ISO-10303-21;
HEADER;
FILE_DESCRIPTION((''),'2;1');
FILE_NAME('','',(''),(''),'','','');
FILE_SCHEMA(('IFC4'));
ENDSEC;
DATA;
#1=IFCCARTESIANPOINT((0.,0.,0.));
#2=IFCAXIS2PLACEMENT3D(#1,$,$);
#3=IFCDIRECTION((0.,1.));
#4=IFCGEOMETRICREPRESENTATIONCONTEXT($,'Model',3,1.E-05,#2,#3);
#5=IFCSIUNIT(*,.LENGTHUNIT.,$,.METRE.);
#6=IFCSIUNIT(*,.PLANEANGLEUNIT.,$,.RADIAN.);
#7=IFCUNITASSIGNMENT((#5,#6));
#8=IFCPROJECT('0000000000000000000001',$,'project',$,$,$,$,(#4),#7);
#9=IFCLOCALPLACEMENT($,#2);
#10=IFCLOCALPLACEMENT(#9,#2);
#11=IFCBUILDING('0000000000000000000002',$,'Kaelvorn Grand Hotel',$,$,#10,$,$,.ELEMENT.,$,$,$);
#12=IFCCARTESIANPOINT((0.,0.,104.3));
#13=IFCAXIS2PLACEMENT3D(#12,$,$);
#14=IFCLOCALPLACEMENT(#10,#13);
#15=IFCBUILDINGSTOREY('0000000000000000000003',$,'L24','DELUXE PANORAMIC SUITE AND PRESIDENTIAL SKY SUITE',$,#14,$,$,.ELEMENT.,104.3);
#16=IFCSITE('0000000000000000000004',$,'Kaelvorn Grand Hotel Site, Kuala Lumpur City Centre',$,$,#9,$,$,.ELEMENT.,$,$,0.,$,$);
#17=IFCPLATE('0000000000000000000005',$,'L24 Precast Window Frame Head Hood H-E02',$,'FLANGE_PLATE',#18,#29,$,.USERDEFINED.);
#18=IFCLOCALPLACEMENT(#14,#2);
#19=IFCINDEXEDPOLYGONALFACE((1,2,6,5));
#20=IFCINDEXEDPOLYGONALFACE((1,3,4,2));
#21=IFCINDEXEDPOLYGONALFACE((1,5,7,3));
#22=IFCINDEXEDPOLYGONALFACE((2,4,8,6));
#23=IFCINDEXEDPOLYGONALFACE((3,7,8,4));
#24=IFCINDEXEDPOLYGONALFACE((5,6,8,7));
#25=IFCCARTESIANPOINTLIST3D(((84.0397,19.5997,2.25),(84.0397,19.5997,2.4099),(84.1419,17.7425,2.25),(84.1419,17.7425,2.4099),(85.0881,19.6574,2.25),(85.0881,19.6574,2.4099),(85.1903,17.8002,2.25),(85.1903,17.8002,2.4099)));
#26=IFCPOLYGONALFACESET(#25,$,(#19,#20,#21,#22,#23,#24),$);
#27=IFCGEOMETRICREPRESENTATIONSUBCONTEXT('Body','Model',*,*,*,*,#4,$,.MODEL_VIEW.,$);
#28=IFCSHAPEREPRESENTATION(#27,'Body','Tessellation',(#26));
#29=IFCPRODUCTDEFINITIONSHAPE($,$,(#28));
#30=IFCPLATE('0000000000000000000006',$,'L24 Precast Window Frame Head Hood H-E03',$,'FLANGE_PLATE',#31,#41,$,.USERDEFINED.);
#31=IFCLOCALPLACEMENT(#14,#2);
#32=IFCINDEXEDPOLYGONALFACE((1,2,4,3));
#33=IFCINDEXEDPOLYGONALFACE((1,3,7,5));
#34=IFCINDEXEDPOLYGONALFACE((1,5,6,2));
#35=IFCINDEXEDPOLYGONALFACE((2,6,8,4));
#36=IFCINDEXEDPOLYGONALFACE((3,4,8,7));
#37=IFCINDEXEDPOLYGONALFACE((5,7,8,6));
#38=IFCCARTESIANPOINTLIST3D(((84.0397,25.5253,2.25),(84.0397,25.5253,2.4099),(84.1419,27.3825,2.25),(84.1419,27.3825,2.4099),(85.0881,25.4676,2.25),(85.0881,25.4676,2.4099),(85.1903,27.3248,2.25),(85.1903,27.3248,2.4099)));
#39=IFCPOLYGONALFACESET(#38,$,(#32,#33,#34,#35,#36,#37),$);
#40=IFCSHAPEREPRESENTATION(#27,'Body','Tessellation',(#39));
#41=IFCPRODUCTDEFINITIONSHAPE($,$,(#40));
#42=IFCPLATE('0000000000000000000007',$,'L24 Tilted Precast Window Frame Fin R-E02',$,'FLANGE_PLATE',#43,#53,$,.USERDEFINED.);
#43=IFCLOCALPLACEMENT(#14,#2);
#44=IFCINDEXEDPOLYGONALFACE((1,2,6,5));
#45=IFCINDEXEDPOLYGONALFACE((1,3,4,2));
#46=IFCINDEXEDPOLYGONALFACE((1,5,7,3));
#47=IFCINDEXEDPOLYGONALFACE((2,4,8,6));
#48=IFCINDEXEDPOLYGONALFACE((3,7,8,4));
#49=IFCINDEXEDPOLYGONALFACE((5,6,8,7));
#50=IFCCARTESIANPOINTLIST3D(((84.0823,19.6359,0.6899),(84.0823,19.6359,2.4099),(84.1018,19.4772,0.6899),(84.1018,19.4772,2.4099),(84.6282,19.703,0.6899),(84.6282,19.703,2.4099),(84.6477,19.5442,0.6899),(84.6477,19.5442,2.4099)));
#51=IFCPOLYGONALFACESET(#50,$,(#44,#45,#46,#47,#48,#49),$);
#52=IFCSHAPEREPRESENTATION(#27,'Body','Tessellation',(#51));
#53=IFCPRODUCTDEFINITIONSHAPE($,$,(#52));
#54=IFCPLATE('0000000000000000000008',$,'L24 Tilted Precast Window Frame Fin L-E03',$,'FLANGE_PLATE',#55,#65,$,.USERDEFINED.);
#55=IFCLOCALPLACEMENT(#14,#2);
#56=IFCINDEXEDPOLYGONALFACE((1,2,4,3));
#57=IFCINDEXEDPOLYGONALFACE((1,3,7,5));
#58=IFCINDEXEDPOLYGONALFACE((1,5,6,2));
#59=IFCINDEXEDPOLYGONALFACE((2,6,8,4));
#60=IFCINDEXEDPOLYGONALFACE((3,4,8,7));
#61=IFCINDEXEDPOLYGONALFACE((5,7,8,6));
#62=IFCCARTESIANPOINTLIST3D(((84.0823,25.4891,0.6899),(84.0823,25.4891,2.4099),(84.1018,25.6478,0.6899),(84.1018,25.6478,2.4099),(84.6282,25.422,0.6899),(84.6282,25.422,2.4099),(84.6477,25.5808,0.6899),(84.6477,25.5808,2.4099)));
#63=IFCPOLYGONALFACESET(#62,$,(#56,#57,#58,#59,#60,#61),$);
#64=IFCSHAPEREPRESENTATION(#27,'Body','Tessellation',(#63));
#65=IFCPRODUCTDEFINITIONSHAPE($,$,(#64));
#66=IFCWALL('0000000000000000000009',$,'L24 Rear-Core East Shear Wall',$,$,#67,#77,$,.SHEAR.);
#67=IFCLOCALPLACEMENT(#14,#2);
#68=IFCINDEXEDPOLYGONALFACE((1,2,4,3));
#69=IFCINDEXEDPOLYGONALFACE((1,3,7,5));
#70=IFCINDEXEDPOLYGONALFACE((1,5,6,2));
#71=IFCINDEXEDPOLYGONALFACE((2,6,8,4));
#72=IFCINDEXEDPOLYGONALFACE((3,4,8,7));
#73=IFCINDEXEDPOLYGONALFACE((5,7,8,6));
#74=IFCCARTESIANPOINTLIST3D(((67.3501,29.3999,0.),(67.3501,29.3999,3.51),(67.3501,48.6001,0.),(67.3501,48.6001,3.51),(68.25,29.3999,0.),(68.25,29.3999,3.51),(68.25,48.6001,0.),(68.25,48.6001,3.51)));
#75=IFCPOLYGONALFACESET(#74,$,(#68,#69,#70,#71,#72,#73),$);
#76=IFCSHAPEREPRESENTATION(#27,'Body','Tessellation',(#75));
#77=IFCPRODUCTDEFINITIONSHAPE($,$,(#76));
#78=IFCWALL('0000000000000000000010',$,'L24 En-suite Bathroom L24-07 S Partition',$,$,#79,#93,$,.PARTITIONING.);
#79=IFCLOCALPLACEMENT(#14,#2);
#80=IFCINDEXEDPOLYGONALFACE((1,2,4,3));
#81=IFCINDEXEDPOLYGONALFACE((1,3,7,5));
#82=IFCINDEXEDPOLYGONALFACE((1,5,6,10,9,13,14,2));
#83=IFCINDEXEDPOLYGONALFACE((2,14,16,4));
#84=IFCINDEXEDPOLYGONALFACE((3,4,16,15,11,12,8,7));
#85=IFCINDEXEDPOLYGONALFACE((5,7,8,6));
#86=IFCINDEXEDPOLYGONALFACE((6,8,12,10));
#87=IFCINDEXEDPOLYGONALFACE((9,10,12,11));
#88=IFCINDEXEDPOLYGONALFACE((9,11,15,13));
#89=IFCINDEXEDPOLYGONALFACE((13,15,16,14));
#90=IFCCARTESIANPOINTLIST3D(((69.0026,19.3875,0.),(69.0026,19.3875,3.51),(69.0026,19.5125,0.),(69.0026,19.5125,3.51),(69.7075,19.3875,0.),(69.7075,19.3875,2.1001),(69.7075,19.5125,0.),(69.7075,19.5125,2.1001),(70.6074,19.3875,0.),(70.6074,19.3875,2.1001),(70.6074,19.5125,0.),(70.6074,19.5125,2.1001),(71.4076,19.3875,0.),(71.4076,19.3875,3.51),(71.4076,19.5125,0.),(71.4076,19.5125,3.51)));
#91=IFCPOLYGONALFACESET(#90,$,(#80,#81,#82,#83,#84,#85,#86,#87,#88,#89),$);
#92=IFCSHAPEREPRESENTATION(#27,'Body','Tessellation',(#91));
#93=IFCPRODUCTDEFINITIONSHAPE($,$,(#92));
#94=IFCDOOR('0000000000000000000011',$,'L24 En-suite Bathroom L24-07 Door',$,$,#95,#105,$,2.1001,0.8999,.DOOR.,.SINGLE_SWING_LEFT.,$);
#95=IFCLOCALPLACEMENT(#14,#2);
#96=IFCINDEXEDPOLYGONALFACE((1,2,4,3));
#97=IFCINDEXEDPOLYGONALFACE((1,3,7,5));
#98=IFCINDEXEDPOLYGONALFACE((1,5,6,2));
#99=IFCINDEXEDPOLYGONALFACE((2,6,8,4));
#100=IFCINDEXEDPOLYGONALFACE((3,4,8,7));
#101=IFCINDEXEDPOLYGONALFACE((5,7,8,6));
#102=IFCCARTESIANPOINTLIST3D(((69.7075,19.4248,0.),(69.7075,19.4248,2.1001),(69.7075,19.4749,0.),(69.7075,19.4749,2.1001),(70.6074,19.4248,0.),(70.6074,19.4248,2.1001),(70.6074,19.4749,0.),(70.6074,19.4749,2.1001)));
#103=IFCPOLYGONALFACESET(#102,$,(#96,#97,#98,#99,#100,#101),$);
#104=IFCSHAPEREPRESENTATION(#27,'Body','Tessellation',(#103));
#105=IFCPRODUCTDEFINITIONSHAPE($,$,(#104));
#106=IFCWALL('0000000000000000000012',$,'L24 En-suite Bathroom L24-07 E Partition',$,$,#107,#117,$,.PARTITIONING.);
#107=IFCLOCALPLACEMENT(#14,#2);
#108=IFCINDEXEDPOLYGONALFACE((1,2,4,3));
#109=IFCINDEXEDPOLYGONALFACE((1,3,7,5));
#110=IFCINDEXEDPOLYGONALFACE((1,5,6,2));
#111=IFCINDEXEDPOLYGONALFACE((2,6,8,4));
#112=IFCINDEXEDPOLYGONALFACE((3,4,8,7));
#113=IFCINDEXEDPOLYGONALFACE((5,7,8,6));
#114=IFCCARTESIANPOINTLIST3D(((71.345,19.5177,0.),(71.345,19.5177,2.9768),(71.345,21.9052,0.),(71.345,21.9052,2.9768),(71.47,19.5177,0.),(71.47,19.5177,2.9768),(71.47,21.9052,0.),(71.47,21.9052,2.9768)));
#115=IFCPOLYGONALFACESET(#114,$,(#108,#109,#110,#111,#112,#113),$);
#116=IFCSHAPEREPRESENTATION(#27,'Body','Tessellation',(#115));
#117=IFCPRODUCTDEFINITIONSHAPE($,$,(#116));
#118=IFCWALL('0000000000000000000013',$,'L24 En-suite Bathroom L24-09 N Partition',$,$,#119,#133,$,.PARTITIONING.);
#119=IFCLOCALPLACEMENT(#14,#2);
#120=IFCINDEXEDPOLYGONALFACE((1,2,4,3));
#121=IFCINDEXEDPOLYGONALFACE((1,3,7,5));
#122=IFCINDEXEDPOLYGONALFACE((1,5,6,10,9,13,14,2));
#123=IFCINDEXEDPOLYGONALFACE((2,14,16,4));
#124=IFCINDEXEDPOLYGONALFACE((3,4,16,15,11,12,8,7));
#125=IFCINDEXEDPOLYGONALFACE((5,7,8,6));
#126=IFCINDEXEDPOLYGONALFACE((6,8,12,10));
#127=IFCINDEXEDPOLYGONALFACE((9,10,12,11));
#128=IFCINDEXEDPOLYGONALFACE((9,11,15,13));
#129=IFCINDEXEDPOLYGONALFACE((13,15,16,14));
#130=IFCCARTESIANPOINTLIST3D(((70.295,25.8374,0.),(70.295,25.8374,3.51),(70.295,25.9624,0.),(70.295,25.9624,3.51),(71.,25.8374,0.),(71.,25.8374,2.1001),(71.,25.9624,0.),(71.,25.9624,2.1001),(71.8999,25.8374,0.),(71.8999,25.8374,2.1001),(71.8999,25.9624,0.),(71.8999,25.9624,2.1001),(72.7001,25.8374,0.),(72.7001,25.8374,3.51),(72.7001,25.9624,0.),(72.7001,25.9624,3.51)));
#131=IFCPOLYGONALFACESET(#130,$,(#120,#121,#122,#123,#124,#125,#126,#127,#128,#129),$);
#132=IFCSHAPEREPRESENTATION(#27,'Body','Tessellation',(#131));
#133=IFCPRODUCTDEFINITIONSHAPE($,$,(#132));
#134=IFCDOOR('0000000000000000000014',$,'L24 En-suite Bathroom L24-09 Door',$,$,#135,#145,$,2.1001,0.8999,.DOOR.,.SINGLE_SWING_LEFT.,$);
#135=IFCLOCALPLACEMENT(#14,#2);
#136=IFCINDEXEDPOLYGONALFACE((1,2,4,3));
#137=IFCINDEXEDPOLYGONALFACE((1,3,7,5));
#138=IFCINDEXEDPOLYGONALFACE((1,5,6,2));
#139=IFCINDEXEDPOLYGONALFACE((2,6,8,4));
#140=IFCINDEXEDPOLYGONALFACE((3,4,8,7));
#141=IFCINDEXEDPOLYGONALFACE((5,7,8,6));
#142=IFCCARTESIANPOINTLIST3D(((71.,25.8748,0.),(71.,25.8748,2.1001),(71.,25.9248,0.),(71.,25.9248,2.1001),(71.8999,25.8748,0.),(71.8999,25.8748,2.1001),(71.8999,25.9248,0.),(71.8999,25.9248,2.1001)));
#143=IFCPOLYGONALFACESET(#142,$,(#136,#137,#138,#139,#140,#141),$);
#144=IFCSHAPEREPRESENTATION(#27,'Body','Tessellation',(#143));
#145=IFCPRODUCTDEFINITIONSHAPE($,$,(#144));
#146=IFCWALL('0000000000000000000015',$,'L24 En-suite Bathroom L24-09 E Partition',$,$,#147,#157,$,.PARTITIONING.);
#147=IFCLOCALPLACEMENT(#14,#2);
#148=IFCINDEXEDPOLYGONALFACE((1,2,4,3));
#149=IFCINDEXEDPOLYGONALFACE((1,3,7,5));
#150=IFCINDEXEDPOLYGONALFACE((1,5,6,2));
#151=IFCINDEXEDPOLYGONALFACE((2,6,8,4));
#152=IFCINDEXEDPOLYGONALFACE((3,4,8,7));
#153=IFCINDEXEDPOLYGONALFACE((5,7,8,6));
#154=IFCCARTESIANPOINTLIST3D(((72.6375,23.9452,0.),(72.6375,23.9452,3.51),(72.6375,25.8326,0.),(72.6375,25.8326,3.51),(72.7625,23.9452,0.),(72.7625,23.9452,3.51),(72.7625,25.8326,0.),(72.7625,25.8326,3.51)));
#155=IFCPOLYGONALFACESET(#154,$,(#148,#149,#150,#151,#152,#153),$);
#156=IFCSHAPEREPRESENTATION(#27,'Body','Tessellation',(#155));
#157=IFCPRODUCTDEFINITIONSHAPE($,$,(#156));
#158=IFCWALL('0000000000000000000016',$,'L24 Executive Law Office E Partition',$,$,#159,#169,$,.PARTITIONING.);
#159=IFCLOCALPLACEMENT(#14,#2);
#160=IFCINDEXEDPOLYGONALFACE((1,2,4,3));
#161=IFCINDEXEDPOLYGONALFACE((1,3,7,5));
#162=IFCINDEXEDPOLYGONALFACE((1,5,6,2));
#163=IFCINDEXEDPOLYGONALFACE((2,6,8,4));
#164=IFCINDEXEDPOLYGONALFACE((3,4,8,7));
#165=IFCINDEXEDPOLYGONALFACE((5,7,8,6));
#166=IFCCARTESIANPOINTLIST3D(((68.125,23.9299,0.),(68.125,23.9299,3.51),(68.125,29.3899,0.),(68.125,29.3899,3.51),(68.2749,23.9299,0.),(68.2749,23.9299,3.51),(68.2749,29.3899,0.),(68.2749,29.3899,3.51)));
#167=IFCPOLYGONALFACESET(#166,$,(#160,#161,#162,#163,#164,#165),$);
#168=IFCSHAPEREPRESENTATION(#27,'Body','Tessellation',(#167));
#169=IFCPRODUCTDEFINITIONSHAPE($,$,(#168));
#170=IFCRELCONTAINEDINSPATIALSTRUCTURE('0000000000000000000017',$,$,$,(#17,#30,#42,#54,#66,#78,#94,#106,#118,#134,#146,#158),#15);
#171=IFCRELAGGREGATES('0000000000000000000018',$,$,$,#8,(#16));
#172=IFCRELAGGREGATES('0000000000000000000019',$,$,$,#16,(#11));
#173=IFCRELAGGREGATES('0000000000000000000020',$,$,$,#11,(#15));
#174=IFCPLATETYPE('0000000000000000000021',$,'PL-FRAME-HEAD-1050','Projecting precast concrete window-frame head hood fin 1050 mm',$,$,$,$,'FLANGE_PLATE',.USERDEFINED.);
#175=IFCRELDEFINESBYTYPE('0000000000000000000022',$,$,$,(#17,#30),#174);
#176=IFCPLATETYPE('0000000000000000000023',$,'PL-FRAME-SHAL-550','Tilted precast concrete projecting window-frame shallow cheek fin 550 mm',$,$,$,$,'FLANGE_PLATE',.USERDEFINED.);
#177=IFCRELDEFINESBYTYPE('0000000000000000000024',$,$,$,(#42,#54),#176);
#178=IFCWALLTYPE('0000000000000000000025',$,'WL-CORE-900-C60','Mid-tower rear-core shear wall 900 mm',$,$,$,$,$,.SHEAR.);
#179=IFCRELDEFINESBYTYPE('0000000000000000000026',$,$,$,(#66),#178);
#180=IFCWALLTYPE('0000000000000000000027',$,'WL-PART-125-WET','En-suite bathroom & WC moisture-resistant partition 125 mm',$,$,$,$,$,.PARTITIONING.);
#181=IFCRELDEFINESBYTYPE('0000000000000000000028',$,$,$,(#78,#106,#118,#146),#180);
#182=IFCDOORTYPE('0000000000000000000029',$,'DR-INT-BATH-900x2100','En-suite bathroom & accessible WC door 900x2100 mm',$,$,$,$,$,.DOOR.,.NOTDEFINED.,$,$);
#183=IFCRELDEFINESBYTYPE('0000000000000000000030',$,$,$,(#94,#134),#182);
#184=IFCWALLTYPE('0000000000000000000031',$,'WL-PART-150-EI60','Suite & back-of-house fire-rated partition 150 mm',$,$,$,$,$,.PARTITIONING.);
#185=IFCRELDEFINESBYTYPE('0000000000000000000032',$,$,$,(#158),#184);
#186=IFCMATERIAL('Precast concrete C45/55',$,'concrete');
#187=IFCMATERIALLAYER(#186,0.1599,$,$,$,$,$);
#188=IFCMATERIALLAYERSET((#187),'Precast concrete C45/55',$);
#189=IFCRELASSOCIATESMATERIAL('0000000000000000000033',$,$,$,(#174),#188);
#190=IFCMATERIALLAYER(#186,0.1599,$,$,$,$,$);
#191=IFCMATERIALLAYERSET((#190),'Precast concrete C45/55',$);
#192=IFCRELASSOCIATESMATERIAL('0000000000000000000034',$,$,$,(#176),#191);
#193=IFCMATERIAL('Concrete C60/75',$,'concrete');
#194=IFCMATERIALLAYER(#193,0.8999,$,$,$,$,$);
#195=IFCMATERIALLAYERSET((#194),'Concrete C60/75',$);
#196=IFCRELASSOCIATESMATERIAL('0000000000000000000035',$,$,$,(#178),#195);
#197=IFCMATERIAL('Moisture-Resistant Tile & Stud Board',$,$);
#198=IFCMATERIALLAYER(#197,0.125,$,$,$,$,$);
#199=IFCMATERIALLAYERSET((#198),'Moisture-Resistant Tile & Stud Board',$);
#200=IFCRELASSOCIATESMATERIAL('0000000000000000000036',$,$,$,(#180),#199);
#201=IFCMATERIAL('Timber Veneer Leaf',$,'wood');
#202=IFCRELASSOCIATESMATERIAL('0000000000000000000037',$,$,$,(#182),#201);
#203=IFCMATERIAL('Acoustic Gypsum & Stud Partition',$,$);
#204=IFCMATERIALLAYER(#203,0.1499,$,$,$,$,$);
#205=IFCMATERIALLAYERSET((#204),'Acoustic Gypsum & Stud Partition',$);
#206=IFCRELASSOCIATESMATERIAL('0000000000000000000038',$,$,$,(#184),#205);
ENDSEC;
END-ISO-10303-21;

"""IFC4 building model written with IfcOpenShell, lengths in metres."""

from ifc_helpers import new_model, si_unit, direction, frame, frame_2d, origin, origin_2d, place, context, subcontext, project, spatial, rectangle, extrude, material, layer, layer_set, type_object, element, fill, save


model = new_model("IFC4")

# Units and contexts
model_context = context("Model", 3, precision=1e-05, world=origin(), true_north=direction((0.0, 1.0)))
body_context = subcontext(model_context, "Body", "Model", "MODEL_VIEW")
ifc_project = project(units=[si_unit("LENGTHUNIT", "METRE"), si_unit("PLANEANGLEUNIT", "RADIAN")], contexts=[model_context])

# Site, building, storey
site_placement = place(None, origin())
site = spatial("IfcSite", under=ifc_project, at=site_placement, Name="Kaelvorn Grand Hotel Site, Kuala Lumpur City Centre", CompositionType="ELEMENT", RefElevation=0.0)
building_placement = place(site_placement, origin())
building = spatial("IfcBuilding", under=site, at=building_placement, Name="Kaelvorn Grand Hotel", CompositionType="ELEMENT")
storey_placement = place(building_placement, frame((0.0, 0.0, 104.3)))
storey = spatial("IfcBuildingStorey", under=building, at=storey_placement, Name="L24", Description="DELUXE PANORAMIC SUITE AND PRESIDENTIAL SKY SUITE", CompositionType="ELEMENT", Elevation=104.3)

# Shared definitions
ifc_material_1 = material(Name="Concrete C60/75", Category="concrete")

# Plates
ifc_material_2 = material(Name="Precast concrete C45/55", Category="concrete")
ifc_layer_1 = layer(ifc_material_2, 0.1599)
ifc_layer_set_1 = layer_set([ifc_layer_1], Name="Precast concrete C45/55")
plate_type_1 = type_object("IfcPlateType", Name="PL-FRAME-HEAD-1050", Description="Projecting precast concrete window-frame head hood fin 1050 mm", ElementType="FLANGE_PLATE", PredefinedType="USERDEFINED", material=ifc_layer_set_1)
for number, where, z_axis, x_axis, name in (
    (1, (84.615, 18.7, 2.25), (0.0, 0.0, 1.0), (-0.05495, 0.998489, 0.0), "L24 Precast Window Frame Head Hood H-E02"),
    (2, (84.615, 26.425, 2.25), (0.0, 0.0, 1.0), (0.05495, 0.998489, 0.0), "L24 Precast Window Frame Head Hood H-E03"),
):
    element("IfcPlate", number, at=place(storey_placement, frame(where, z_axis=z_axis, x_axis=x_axis)), inside=storey, type_object=plate_type_1, Name=name, ObjectType="FLANGE_PLATE", PredefinedType="USERDEFINED", context=body_context, shape_type="SweptSolid", body=[
        extrude(rectangle(XDim=1.8601, YDim=1.05, at=origin_2d()), origin(), (0.0, 0.0, 1.0), 0.1599),
    ])
ifc_layer_2 = layer(ifc_material_2, 0.1599)
ifc_layer_set_2 = layer_set([ifc_layer_2], Name="Precast concrete C45/55")
plate_type_2 = type_object("IfcPlateType", Name="PL-FRAME-SHAL-550", Description="Tilted precast concrete projecting window-frame shallow cheek fin 550 mm", ElementType="FLANGE_PLATE", PredefinedType="USERDEFINED", material=ifc_layer_set_2)
for number, where, z_axis, x_axis, name in (
    (3, (84.365, 19.5901, 0.6899), (0.0, 0.0, 1.0), (-0.121869, 0.992546, 0.0), "L24 Tilted Precast Window Frame Fin R-E02"),
    (4, (84.365, 25.5349, 0.6899), (0.0, 0.0, 1.0), (0.121869, 0.992546, 0.0), "L24 Tilted Precast Window Frame Fin L-E03"),
):
    element("IfcPlate", number, at=place(storey_placement, frame(where, z_axis=z_axis, x_axis=x_axis)), inside=storey, type_object=plate_type_2, Name=name, ObjectType="FLANGE_PLATE", PredefinedType="USERDEFINED", context=body_context, shape_type="SweptSolid", body=[
        extrude(rectangle(XDim=0.1599, YDim=0.55, at=origin_2d()), origin(), (0.0, 0.0, 1.0), 1.72),
    ])

# Wall
ifc_layer_3 = layer(ifc_material_1, 0.8999)
ifc_layer_set_3 = layer_set([ifc_layer_3], Name="Concrete C60/75")
wall_type_1 = type_object("IfcWallType", Name="WL-CORE-900-C60", Description="Mid-tower rear-core shear wall 900 mm", PredefinedType="SHEAR", material=ifc_layer_set_3)
wall_1_placement = place(storey_placement, frame((67.8, 29.3999, 0.0), z_axis=(0.0, 0.0, 1.0), x_axis=(0.0, 1.0, 0.0)))
element("IfcWall", 5, at=wall_1_placement, inside=storey, type_object=wall_type_1, Name="L24 Rear-Core East Shear Wall", PredefinedType="SHEAR", context=body_context, shape_type="SweptSolid", body=[
    extrude(rectangle(XDim=19.2002, YDim=0.8999, at=frame_2d((9.6001, 0.0))), origin(), (0.0, 0.0, 1.0), 3.51),
])

# Wall, opening, door
ifc_material_3 = material(Name="Moisture-Resistant Tile & Stud Board")
ifc_layer_4 = layer(ifc_material_3, 0.125)
ifc_layer_set_4 = layer_set([ifc_layer_4], Name="Moisture-Resistant Tile & Stud Board")
wall_type_2 = type_object("IfcWallType", Name="WL-PART-125-WET", Description="En-suite bathroom & WC moisture-resistant partition 125 mm", PredefinedType="PARTITIONING", material=ifc_layer_set_4)
wall_2_placement = place(storey_placement, frame((69.0024, 19.45, 0.0), z_axis=(0.0, 0.0, 1.0), x_axis=(1.0, 0.0, 0.0)))
wall_2 = element("IfcWall", 6, at=wall_2_placement, inside=storey, type_object=wall_type_2, Name="L24 En-suite Bathroom L24-07 S Partition", PredefinedType="PARTITIONING", context=body_context, shape_type="SweptSolid", body=[
    extrude(rectangle(XDim=2.405, YDim=0.125, at=frame_2d((1.2026, 0.0))), origin(), (0.0, 0.0, 1.0), 3.51),
])
opening_1_placement = place(wall_2_placement, frame((0.7051, 0.0, 0.0)))
opening_1 = element("IfcOpeningElement", 7, at=opening_1_placement, cuts=wall_2, PredefinedType="OPENING", context=body_context, shape_type="SweptSolid", body=[
    extrude(rectangle(XDim=0.8999, YDim=2.1001, at=frame_2d((0.45, 1.05))), frame((0.0, 0.0725, 0.0), z_axis=(0.0, -1.0, 0.0), x_axis=(1.0, 0.0, 0.0)), (0.0, 0.0, 1.0), 0.145),
])
ifc_material_4 = material(Name="Timber Veneer Leaf", Category="wood")
door_type_1 = type_object("IfcDoorType", Name="DR-INT-BATH-900x2100", Description="En-suite bathroom & accessible WC door 900x2100 mm", OperationType="NOTDEFINED", PredefinedType="DOOR", material=ifc_material_4)
door_1_placement = place(opening_1_placement, origin())
door_1 = element("IfcDoor", 8, at=door_1_placement, inside=storey, type_object=door_type_1, Name="L24 En-suite Bathroom L24-07 Door", OperationType="SINGLE_SWING_LEFT", OverallHeight=2.1001, OverallWidth=0.8999, PredefinedType="DOOR", context=body_context, shape_type="SweptSolid", body=[
    extrude(rectangle(XDim=0.8999, YDim=2.1001, at=frame_2d((0.45, 1.05))), frame((0.0, 0.0249, 0.0), z_axis=(0.0, -1.0, 0.0), x_axis=(1.0, 0.0, 0.0)), (0.0, 0.0, 1.0), 0.05),
])
fill(opening_1, door_1)

# Wall
wall_3_placement = place(storey_placement, frame((71.4075, 19.5176, 0.0), z_axis=(0.0, 0.0, 1.0), x_axis=(0.0, 1.0, 0.0)))
element("IfcWall", 9, at=wall_3_placement, inside=storey, type_object=wall_type_2, Name="L24 En-suite Bathroom L24-07 E Partition", PredefinedType="PARTITIONING", context=body_context, shape_type="SweptSolid", body=[
    extrude(rectangle(XDim=2.3875, YDim=0.125, at=frame_2d((1.1938, 0.0))), origin(), (0.0, 0.0, 1.0), 2.9768),
])

# Wall, opening, door
wall_4_placement = place(storey_placement, frame((70.2949, 25.8999, 0.0), z_axis=(0.0, 0.0, 1.0), x_axis=(1.0, 0.0, 0.0)))
wall_4 = element("IfcWall", 10, at=wall_4_placement, inside=storey, type_object=wall_type_2, Name="L24 En-suite Bathroom L24-09 N Partition", PredefinedType="PARTITIONING", context=body_context, shape_type="SweptSolid", body=[
    extrude(rectangle(XDim=2.405, YDim=0.125, at=frame_2d((1.2026, 0.0))), origin(), (0.0, 0.0, 1.0), 3.51),
])
opening_2_placement = place(wall_4_placement, frame((0.7051, 0.0, 0.0)))
opening_2 = element("IfcOpeningElement", 11, at=opening_2_placement, cuts=wall_4, PredefinedType="OPENING", context=body_context, shape_type="SweptSolid", body=[
    extrude(rectangle(XDim=0.8999, YDim=2.1001, at=frame_2d((0.45, 1.05))), frame((0.0, 0.0725, 0.0), z_axis=(0.0, -1.0, 0.0), x_axis=(1.0, 0.0, 0.0)), (0.0, 0.0, 1.0), 0.145),
])
door_2_placement = place(opening_2_placement, origin())
door_2 = element("IfcDoor", 12, at=door_2_placement, inside=storey, type_object=door_type_1, Name="L24 En-suite Bathroom L24-09 Door", OperationType="SINGLE_SWING_LEFT", OverallHeight=2.1001, OverallWidth=0.8999, PredefinedType="DOOR", context=body_context, shape_type="SweptSolid", body=[
    extrude(rectangle(XDim=0.8999, YDim=2.1001, at=frame_2d((0.45, 1.05))), frame((0.0, 0.0249, 0.0), z_axis=(0.0, -1.0, 0.0), x_axis=(1.0, 0.0, 0.0)), (0.0, 0.0, 1.0), 0.05),
])
fill(opening_2, door_2)

# Walls
wall_5_placement = place(storey_placement, frame((72.7, 23.9451, 0.0), z_axis=(0.0, 0.0, 1.0), x_axis=(0.0, 1.0, 0.0)))
element("IfcWall", 13, at=wall_5_placement, inside=storey, type_object=wall_type_2, Name="L24 En-suite Bathroom L24-09 E Partition", PredefinedType="PARTITIONING", context=body_context, shape_type="SweptSolid", body=[
    extrude(rectangle(XDim=1.8875, YDim=0.125, at=frame_2d((0.9438, 0.0))), origin(), (0.0, 0.0, 1.0), 3.51),
])
ifc_material_5 = material(Name="Acoustic Gypsum & Stud Partition")
ifc_layer_5 = layer(ifc_material_5, 0.1499)
ifc_layer_set_5 = layer_set([ifc_layer_5], Name="Acoustic Gypsum & Stud Partition")
wall_type_3 = type_object("IfcWallType", Name="WL-PART-150-EI60", Description="Suite & back-of-house fire-rated partition 150 mm", PredefinedType="PARTITIONING", material=ifc_layer_set_5)
wall_6_placement = place(storey_placement, frame((68.2, 23.9299, 0.0), z_axis=(0.0, 0.0, 1.0), x_axis=(0.0, 1.0, 0.0)))
element("IfcWall", 14, at=wall_6_placement, inside=storey, type_object=wall_type_3, Name="L24 Executive Law Office E Partition", PredefinedType="PARTITIONING", context=body_context, shape_type="SweptSolid", body=[
    extrude(rectangle(XDim=5.46, YDim=0.1499, at=frame_2d((2.73, 0.0))), origin(), (0.0, 0.0, 1.0), 3.51),
])

save(model, "model.ifc")
